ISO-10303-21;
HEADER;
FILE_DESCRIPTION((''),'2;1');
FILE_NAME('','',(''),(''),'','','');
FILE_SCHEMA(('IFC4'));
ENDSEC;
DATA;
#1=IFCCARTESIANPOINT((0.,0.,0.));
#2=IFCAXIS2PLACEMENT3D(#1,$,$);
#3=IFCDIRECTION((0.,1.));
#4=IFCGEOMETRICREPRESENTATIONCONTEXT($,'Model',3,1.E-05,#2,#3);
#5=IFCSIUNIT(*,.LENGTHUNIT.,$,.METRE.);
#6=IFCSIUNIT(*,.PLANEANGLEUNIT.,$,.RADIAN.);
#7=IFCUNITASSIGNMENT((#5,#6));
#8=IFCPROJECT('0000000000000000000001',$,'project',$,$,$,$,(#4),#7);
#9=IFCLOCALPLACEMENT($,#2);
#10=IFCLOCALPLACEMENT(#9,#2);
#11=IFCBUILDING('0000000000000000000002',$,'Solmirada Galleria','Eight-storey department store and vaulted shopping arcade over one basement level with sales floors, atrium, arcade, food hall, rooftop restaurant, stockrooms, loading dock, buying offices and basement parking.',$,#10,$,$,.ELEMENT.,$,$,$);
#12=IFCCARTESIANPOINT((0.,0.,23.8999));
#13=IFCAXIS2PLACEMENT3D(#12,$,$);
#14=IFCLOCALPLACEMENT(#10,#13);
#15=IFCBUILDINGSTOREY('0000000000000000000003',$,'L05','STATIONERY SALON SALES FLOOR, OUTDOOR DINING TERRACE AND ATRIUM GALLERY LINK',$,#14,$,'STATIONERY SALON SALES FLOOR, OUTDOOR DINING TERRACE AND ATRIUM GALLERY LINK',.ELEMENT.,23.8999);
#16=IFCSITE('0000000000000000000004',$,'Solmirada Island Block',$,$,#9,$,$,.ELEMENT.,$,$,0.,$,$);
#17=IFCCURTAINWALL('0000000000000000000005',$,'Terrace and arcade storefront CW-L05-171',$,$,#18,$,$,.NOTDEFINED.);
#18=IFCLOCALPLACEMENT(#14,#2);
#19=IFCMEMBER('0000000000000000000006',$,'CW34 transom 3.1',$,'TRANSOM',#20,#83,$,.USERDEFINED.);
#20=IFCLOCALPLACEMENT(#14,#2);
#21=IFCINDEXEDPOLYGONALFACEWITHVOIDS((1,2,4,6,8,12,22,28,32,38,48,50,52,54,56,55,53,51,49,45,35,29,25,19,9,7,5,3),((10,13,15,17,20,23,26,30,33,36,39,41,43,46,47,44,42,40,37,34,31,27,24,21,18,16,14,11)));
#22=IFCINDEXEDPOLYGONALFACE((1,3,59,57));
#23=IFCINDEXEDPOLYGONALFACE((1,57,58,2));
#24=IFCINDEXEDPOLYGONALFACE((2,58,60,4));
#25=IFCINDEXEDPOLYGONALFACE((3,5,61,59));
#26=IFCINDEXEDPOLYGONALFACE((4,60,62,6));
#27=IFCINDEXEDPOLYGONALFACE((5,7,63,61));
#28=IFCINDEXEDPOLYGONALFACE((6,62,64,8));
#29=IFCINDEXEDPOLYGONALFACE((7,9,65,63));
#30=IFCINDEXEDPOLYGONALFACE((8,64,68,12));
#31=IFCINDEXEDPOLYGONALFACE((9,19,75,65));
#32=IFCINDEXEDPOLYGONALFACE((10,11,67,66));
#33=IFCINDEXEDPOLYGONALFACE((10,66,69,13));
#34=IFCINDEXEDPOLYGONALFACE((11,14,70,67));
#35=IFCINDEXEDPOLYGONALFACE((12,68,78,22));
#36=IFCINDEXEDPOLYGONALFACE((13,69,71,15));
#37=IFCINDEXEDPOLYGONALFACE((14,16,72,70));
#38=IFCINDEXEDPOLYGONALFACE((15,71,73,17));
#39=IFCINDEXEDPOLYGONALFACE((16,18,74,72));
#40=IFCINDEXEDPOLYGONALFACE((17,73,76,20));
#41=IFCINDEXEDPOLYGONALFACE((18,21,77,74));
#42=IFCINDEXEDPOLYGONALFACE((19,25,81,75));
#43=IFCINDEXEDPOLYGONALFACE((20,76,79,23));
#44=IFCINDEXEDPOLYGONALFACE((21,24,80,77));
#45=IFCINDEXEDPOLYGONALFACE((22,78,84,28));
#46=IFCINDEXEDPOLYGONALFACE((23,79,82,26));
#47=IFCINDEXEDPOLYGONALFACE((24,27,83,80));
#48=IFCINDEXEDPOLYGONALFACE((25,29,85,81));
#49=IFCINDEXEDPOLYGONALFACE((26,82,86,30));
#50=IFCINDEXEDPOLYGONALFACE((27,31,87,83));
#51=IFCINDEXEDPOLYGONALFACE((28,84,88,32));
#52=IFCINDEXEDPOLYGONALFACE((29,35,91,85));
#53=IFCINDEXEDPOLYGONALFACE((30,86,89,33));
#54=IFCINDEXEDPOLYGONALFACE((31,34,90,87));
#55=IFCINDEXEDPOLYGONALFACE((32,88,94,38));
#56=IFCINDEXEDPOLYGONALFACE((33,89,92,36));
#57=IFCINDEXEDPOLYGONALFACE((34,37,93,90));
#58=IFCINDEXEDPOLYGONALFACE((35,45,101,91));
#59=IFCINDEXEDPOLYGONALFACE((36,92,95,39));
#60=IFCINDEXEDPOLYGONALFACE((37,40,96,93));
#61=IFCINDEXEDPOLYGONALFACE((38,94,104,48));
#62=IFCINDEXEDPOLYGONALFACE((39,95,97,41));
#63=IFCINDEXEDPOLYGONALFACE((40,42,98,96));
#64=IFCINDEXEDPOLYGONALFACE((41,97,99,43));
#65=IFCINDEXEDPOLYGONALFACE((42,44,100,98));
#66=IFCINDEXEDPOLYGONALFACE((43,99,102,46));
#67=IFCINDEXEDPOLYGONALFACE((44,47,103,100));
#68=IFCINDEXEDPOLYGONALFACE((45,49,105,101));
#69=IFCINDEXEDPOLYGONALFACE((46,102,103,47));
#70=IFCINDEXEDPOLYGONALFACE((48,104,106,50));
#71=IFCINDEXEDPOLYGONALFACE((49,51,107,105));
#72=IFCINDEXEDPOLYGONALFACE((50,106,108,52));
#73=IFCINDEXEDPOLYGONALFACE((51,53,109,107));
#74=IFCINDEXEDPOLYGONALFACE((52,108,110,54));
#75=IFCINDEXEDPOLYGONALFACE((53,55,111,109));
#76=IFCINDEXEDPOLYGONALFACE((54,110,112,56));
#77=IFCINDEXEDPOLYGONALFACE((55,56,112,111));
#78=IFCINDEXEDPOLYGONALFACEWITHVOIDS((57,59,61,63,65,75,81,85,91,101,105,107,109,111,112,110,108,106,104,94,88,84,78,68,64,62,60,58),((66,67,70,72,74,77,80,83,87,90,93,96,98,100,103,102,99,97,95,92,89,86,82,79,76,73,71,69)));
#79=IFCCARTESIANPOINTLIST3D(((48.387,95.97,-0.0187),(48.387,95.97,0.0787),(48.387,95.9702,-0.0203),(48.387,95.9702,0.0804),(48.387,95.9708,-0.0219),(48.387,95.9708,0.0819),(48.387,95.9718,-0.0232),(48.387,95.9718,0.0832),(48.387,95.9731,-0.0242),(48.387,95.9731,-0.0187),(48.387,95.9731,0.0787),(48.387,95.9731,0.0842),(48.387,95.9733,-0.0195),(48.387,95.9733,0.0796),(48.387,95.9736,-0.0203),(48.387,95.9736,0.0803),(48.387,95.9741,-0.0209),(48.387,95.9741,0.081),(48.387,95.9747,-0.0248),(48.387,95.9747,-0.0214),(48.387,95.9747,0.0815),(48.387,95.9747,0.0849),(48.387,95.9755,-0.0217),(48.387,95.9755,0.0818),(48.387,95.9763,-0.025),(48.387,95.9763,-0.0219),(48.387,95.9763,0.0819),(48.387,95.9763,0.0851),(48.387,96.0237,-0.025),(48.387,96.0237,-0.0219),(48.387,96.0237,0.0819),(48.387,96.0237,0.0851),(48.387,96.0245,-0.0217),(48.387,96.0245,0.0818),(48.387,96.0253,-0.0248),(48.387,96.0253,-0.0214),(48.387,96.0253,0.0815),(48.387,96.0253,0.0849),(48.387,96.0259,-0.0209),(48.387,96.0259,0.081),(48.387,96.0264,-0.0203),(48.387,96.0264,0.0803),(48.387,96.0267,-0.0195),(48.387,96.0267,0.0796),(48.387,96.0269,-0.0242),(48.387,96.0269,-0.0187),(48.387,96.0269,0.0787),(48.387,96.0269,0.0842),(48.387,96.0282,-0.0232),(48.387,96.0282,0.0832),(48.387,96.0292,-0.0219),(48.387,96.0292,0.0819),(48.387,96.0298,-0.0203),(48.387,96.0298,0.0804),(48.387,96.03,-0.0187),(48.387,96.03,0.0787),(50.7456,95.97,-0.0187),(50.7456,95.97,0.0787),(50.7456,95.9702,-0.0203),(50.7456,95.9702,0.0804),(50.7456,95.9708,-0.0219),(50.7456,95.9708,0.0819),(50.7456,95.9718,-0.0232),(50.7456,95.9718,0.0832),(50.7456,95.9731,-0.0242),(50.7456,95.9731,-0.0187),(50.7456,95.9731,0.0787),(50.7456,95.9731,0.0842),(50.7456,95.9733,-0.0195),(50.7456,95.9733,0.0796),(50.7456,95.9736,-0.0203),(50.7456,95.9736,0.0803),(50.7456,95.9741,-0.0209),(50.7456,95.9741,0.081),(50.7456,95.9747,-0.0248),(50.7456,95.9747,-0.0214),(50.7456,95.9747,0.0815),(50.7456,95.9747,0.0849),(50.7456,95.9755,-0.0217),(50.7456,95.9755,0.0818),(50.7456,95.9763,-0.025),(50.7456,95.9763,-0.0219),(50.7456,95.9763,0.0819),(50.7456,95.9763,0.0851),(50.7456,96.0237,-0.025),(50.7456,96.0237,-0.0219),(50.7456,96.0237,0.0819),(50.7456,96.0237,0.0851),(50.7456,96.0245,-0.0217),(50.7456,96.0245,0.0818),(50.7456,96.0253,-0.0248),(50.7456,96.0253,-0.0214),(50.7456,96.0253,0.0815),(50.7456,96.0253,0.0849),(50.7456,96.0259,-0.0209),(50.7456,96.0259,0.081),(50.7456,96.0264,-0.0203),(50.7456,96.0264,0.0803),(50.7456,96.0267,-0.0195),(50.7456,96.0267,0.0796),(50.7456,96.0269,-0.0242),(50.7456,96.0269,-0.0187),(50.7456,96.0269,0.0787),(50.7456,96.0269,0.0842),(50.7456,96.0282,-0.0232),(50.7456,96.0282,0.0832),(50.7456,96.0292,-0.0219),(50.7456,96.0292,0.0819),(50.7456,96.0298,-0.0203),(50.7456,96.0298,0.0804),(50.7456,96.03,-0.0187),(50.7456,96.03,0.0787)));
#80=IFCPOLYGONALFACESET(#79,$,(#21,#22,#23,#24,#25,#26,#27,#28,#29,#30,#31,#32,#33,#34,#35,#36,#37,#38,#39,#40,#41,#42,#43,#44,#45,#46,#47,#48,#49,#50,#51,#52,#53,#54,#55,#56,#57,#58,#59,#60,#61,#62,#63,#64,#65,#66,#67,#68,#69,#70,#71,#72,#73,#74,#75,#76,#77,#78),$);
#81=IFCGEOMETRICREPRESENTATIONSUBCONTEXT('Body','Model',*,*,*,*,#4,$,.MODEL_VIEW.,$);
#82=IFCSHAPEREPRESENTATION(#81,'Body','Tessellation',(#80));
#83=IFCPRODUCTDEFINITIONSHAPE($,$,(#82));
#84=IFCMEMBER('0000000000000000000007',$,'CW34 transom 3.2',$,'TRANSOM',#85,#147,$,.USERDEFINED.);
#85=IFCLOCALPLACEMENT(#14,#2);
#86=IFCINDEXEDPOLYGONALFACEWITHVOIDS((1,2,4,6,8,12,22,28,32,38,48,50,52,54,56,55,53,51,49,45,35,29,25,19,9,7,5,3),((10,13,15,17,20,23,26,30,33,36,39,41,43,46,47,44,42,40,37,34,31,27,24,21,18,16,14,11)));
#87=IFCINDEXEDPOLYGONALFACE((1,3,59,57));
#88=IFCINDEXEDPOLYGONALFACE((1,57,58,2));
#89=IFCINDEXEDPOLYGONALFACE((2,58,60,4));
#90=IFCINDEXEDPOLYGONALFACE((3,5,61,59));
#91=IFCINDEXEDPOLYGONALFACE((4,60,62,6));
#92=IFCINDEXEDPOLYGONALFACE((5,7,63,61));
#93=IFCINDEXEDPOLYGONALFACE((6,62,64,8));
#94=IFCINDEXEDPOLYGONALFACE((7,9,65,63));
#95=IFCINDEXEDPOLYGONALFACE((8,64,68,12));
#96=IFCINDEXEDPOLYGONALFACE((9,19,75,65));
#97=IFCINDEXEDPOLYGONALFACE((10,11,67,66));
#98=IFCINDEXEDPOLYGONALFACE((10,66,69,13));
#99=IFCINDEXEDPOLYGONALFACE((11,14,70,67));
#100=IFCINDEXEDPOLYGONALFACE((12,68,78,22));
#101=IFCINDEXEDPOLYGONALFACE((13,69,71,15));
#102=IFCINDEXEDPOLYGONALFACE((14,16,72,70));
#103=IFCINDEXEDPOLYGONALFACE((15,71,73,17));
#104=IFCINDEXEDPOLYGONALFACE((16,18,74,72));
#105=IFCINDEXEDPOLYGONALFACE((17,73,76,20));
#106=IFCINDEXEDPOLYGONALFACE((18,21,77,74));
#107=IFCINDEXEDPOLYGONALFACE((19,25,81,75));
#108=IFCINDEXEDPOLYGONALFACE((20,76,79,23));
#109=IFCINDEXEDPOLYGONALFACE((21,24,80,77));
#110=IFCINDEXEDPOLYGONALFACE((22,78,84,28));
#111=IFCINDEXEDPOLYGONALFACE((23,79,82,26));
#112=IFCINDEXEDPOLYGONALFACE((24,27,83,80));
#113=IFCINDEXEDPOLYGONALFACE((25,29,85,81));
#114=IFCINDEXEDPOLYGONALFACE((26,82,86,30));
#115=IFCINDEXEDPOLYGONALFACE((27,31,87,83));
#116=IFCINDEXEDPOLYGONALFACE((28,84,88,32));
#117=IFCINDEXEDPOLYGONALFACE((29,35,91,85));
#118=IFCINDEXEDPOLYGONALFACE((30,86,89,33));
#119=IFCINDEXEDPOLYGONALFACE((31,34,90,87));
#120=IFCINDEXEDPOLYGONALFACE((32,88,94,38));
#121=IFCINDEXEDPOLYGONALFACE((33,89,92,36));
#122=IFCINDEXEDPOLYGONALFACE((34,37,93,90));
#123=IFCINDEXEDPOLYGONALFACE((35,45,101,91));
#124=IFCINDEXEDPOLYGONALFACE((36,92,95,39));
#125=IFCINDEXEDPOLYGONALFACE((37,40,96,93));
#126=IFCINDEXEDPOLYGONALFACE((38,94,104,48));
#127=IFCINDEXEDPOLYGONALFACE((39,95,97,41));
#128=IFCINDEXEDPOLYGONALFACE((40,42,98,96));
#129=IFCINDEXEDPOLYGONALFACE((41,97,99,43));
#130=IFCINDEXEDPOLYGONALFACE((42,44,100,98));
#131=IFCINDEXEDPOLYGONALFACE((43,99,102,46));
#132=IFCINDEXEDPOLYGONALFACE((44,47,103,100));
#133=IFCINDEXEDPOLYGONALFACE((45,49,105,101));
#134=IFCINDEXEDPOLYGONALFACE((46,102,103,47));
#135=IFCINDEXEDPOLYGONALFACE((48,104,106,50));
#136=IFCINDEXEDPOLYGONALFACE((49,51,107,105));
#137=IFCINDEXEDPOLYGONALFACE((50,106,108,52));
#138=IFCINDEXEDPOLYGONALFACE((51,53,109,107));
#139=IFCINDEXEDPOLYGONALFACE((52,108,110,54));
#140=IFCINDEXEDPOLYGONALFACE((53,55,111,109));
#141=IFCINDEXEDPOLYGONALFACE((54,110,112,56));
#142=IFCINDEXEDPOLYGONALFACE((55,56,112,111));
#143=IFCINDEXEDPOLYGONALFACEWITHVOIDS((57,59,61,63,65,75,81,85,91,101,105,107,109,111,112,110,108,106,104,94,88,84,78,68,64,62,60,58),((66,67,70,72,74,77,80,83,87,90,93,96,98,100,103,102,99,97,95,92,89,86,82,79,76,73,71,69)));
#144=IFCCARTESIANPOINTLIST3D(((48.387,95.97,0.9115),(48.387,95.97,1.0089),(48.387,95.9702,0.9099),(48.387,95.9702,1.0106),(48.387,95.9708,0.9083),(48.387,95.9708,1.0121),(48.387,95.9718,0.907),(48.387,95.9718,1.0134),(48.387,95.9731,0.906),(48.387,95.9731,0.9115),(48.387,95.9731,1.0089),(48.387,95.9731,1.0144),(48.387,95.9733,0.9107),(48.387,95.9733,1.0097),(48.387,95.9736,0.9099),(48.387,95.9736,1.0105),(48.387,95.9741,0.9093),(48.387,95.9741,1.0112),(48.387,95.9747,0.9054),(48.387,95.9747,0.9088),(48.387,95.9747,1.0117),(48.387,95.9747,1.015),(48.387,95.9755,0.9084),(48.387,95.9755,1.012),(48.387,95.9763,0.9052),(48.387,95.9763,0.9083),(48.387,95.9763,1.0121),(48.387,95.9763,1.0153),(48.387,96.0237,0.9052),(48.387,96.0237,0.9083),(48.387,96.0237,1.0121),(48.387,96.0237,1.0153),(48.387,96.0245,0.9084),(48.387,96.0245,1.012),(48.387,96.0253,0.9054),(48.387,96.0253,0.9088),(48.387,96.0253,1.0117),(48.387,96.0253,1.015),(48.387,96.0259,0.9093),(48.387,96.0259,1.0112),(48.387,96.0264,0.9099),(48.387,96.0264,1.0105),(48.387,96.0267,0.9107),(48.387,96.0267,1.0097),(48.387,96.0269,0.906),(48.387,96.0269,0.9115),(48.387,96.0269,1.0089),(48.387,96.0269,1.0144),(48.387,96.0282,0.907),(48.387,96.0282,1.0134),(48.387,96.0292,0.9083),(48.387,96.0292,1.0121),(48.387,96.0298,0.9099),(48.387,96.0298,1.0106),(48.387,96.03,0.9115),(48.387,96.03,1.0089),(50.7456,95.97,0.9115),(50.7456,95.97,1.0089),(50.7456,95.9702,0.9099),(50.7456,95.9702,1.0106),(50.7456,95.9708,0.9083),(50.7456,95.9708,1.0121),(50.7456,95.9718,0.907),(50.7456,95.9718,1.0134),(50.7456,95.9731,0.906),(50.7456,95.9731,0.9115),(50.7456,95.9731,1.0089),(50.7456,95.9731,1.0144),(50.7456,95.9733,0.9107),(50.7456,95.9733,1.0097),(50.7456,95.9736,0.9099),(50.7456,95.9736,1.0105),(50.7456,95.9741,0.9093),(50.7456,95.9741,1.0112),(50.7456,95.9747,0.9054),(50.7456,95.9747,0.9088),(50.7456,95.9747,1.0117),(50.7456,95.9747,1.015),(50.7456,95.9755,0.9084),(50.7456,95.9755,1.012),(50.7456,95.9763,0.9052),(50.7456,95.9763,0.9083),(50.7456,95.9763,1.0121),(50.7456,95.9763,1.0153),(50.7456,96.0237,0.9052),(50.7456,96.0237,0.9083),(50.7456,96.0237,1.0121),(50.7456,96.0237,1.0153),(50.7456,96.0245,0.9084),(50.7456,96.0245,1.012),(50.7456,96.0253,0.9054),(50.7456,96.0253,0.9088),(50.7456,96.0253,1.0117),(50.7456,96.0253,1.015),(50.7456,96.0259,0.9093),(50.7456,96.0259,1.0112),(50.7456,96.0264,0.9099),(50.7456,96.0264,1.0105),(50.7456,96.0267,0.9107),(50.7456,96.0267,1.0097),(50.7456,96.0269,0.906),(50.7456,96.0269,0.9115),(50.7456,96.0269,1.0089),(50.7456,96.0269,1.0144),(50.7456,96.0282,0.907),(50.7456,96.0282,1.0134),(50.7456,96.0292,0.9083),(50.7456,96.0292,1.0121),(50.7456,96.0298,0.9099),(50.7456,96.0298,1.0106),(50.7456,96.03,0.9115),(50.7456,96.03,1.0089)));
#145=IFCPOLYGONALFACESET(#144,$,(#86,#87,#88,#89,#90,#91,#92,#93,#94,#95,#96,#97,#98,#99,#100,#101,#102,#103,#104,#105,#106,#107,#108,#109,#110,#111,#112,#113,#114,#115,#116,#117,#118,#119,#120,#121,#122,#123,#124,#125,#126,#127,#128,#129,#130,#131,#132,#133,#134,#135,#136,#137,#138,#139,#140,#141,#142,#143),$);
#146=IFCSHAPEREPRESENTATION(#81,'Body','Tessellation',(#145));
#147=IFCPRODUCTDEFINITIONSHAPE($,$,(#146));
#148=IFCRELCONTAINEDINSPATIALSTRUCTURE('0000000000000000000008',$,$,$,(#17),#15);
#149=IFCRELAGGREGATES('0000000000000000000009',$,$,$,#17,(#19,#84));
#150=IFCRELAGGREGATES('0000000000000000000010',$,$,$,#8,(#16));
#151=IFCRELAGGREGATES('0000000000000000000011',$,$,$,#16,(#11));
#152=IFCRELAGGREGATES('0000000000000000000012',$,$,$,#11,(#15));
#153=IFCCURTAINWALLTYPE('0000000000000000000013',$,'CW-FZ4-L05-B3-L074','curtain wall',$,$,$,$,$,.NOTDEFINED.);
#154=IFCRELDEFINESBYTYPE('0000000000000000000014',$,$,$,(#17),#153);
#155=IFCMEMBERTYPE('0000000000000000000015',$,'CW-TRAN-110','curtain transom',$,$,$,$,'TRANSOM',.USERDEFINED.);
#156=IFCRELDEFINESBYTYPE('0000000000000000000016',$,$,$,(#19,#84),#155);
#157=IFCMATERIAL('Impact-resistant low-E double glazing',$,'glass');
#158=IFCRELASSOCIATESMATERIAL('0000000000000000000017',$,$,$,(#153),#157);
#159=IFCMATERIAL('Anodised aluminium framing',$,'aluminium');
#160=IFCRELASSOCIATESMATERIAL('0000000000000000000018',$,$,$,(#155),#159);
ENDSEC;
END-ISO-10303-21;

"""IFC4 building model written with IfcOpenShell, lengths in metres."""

from ifc_helpers import new_model, si_unit, direction, frame, origin, origin_2d, place, context, subcontext, project, spatial, hollow_rectangle, extrude, material, material_profile, profile_set, type_object, element, aggregate, save


model = new_model("IFC4")

# Units and contexts
model_context = context("Model", 3, precision=1e-05, world=origin(), true_north=direction((0.0, 1.0)))
body_context = subcontext(model_context, "Body", "Model", "MODEL_VIEW")
ifc_project = project(units=[si_unit("LENGTHUNIT", "METRE"), si_unit("PLANEANGLEUNIT", "RADIAN")], contexts=[model_context])

# Site, building, storey
site_placement = place(None, origin())
site = spatial("IfcSite", under=ifc_project, at=site_placement, Name="Solmirada Island Block", CompositionType="ELEMENT", RefElevation=0.0)
building_placement = place(site_placement, origin())
building = spatial("IfcBuilding", under=site, at=building_placement, Name="Solmirada Galleria", Description="Eight-storey department store and vaulted shopping arcade over one basement level with sales floors, atrium, arcade, food hall, rooftop restaurant, stockrooms, loading dock, buying offices and basement parking.", CompositionType="ELEMENT")
storey_placement = place(building_placement, frame((0.0, 0.0, 23.8999)))
storey = spatial("IfcBuildingStorey", under=building, at=storey_placement, Name="L05", Description="STATIONERY SALON SALES FLOOR, OUTDOOR DINING TERRACE AND ATRIUM GALLERY LINK", LongName="STATIONERY SALON SALES FLOOR, OUTDOOR DINING TERRACE AND ATRIUM GALLERY LINK", CompositionType="ELEMENT", Elevation=23.8999)

# Curtain wall, members
ifc_material_1 = material(Name="Impact-resistant low-E double glazing", Category="glass")
curtain_wall_type = type_object("IfcCurtainWallType", Name="CW-FZ4-L05-B3-L074", Description="curtain wall", PredefinedType="NOTDEFINED", material=ifc_material_1)
curtain_wall_placement = place(storey_placement, origin())
curtain_wall = element("IfcCurtainWall", 1, at=curtain_wall_placement, inside=storey, type_object=curtain_wall_type, Name="Terrace and arcade storefront CW-L05-171", PredefinedType="NOTDEFINED")
ifc_material_2 = material(Name="Anodised aluminium framing", Category="aluminium")
ifc_material_profile_1 = material_profile(ifc_material_2, hollow_rectangle(XDim=0.0601, YDim=0.1101, WallThickness=0.0032, InnerFilletRadius=0.0032, OuterFilletRadius=0.0063, at=origin_2d()), Name="ALU-TRAN-110X60")
ifc_profile_set_1 = profile_set([ifc_material_profile_1], Name="Anodised aluminium framing")
member_type_1 = type_object("IfcMemberType", Name="CW-TRAN-110", Description="curtain transom", ElementType="TRANSOM", PredefinedType="USERDEFINED", material=ifc_profile_set_1)
member_1_placement = place(storey_placement, frame((50.7456, 96.0, 0.03), z_axis=(-1.0, 0.0, 0.0), x_axis=(0.0, -1.0, 0.0)))
member_1 = element("IfcMember", 2, at=member_1_placement, type_object=member_type_1, Name="CW34 transom 3.1", ObjectType="TRANSOM", PredefinedType="USERDEFINED", context=body_context, shape_type="SweptSolid", body=[
    extrude(hollow_rectangle(XDim=0.0601, YDim=0.1101, WallThickness=0.0032, InnerFilletRadius=0.0032, OuterFilletRadius=0.0063, at=origin_2d()), origin(), (0.0, 0.0, 1.0), 2.3586),
])
member_2_placement = place(storey_placement, frame((50.7456, 96.0, 0.9602), z_axis=(-1.0, 0.0, 0.0), x_axis=(0.0, -1.0, 0.0)))
member_2 = element("IfcMember", 3, at=member_2_placement, type_object=member_type_1, Name="CW34 transom 3.2", ObjectType="TRANSOM", PredefinedType="USERDEFINED", context=body_context, shape_type="SweptSolid", body=[
    extrude(hollow_rectangle(XDim=0.0601, YDim=0.1101, WallThickness=0.0032, InnerFilletRadius=0.0032, OuterFilletRadius=0.0063, at=origin_2d()), origin(), (0.0, 0.0, 1.0), 2.3586),
])
aggregate(curtain_wall, [member_1, member_2])

save(model, "model.ifc")
